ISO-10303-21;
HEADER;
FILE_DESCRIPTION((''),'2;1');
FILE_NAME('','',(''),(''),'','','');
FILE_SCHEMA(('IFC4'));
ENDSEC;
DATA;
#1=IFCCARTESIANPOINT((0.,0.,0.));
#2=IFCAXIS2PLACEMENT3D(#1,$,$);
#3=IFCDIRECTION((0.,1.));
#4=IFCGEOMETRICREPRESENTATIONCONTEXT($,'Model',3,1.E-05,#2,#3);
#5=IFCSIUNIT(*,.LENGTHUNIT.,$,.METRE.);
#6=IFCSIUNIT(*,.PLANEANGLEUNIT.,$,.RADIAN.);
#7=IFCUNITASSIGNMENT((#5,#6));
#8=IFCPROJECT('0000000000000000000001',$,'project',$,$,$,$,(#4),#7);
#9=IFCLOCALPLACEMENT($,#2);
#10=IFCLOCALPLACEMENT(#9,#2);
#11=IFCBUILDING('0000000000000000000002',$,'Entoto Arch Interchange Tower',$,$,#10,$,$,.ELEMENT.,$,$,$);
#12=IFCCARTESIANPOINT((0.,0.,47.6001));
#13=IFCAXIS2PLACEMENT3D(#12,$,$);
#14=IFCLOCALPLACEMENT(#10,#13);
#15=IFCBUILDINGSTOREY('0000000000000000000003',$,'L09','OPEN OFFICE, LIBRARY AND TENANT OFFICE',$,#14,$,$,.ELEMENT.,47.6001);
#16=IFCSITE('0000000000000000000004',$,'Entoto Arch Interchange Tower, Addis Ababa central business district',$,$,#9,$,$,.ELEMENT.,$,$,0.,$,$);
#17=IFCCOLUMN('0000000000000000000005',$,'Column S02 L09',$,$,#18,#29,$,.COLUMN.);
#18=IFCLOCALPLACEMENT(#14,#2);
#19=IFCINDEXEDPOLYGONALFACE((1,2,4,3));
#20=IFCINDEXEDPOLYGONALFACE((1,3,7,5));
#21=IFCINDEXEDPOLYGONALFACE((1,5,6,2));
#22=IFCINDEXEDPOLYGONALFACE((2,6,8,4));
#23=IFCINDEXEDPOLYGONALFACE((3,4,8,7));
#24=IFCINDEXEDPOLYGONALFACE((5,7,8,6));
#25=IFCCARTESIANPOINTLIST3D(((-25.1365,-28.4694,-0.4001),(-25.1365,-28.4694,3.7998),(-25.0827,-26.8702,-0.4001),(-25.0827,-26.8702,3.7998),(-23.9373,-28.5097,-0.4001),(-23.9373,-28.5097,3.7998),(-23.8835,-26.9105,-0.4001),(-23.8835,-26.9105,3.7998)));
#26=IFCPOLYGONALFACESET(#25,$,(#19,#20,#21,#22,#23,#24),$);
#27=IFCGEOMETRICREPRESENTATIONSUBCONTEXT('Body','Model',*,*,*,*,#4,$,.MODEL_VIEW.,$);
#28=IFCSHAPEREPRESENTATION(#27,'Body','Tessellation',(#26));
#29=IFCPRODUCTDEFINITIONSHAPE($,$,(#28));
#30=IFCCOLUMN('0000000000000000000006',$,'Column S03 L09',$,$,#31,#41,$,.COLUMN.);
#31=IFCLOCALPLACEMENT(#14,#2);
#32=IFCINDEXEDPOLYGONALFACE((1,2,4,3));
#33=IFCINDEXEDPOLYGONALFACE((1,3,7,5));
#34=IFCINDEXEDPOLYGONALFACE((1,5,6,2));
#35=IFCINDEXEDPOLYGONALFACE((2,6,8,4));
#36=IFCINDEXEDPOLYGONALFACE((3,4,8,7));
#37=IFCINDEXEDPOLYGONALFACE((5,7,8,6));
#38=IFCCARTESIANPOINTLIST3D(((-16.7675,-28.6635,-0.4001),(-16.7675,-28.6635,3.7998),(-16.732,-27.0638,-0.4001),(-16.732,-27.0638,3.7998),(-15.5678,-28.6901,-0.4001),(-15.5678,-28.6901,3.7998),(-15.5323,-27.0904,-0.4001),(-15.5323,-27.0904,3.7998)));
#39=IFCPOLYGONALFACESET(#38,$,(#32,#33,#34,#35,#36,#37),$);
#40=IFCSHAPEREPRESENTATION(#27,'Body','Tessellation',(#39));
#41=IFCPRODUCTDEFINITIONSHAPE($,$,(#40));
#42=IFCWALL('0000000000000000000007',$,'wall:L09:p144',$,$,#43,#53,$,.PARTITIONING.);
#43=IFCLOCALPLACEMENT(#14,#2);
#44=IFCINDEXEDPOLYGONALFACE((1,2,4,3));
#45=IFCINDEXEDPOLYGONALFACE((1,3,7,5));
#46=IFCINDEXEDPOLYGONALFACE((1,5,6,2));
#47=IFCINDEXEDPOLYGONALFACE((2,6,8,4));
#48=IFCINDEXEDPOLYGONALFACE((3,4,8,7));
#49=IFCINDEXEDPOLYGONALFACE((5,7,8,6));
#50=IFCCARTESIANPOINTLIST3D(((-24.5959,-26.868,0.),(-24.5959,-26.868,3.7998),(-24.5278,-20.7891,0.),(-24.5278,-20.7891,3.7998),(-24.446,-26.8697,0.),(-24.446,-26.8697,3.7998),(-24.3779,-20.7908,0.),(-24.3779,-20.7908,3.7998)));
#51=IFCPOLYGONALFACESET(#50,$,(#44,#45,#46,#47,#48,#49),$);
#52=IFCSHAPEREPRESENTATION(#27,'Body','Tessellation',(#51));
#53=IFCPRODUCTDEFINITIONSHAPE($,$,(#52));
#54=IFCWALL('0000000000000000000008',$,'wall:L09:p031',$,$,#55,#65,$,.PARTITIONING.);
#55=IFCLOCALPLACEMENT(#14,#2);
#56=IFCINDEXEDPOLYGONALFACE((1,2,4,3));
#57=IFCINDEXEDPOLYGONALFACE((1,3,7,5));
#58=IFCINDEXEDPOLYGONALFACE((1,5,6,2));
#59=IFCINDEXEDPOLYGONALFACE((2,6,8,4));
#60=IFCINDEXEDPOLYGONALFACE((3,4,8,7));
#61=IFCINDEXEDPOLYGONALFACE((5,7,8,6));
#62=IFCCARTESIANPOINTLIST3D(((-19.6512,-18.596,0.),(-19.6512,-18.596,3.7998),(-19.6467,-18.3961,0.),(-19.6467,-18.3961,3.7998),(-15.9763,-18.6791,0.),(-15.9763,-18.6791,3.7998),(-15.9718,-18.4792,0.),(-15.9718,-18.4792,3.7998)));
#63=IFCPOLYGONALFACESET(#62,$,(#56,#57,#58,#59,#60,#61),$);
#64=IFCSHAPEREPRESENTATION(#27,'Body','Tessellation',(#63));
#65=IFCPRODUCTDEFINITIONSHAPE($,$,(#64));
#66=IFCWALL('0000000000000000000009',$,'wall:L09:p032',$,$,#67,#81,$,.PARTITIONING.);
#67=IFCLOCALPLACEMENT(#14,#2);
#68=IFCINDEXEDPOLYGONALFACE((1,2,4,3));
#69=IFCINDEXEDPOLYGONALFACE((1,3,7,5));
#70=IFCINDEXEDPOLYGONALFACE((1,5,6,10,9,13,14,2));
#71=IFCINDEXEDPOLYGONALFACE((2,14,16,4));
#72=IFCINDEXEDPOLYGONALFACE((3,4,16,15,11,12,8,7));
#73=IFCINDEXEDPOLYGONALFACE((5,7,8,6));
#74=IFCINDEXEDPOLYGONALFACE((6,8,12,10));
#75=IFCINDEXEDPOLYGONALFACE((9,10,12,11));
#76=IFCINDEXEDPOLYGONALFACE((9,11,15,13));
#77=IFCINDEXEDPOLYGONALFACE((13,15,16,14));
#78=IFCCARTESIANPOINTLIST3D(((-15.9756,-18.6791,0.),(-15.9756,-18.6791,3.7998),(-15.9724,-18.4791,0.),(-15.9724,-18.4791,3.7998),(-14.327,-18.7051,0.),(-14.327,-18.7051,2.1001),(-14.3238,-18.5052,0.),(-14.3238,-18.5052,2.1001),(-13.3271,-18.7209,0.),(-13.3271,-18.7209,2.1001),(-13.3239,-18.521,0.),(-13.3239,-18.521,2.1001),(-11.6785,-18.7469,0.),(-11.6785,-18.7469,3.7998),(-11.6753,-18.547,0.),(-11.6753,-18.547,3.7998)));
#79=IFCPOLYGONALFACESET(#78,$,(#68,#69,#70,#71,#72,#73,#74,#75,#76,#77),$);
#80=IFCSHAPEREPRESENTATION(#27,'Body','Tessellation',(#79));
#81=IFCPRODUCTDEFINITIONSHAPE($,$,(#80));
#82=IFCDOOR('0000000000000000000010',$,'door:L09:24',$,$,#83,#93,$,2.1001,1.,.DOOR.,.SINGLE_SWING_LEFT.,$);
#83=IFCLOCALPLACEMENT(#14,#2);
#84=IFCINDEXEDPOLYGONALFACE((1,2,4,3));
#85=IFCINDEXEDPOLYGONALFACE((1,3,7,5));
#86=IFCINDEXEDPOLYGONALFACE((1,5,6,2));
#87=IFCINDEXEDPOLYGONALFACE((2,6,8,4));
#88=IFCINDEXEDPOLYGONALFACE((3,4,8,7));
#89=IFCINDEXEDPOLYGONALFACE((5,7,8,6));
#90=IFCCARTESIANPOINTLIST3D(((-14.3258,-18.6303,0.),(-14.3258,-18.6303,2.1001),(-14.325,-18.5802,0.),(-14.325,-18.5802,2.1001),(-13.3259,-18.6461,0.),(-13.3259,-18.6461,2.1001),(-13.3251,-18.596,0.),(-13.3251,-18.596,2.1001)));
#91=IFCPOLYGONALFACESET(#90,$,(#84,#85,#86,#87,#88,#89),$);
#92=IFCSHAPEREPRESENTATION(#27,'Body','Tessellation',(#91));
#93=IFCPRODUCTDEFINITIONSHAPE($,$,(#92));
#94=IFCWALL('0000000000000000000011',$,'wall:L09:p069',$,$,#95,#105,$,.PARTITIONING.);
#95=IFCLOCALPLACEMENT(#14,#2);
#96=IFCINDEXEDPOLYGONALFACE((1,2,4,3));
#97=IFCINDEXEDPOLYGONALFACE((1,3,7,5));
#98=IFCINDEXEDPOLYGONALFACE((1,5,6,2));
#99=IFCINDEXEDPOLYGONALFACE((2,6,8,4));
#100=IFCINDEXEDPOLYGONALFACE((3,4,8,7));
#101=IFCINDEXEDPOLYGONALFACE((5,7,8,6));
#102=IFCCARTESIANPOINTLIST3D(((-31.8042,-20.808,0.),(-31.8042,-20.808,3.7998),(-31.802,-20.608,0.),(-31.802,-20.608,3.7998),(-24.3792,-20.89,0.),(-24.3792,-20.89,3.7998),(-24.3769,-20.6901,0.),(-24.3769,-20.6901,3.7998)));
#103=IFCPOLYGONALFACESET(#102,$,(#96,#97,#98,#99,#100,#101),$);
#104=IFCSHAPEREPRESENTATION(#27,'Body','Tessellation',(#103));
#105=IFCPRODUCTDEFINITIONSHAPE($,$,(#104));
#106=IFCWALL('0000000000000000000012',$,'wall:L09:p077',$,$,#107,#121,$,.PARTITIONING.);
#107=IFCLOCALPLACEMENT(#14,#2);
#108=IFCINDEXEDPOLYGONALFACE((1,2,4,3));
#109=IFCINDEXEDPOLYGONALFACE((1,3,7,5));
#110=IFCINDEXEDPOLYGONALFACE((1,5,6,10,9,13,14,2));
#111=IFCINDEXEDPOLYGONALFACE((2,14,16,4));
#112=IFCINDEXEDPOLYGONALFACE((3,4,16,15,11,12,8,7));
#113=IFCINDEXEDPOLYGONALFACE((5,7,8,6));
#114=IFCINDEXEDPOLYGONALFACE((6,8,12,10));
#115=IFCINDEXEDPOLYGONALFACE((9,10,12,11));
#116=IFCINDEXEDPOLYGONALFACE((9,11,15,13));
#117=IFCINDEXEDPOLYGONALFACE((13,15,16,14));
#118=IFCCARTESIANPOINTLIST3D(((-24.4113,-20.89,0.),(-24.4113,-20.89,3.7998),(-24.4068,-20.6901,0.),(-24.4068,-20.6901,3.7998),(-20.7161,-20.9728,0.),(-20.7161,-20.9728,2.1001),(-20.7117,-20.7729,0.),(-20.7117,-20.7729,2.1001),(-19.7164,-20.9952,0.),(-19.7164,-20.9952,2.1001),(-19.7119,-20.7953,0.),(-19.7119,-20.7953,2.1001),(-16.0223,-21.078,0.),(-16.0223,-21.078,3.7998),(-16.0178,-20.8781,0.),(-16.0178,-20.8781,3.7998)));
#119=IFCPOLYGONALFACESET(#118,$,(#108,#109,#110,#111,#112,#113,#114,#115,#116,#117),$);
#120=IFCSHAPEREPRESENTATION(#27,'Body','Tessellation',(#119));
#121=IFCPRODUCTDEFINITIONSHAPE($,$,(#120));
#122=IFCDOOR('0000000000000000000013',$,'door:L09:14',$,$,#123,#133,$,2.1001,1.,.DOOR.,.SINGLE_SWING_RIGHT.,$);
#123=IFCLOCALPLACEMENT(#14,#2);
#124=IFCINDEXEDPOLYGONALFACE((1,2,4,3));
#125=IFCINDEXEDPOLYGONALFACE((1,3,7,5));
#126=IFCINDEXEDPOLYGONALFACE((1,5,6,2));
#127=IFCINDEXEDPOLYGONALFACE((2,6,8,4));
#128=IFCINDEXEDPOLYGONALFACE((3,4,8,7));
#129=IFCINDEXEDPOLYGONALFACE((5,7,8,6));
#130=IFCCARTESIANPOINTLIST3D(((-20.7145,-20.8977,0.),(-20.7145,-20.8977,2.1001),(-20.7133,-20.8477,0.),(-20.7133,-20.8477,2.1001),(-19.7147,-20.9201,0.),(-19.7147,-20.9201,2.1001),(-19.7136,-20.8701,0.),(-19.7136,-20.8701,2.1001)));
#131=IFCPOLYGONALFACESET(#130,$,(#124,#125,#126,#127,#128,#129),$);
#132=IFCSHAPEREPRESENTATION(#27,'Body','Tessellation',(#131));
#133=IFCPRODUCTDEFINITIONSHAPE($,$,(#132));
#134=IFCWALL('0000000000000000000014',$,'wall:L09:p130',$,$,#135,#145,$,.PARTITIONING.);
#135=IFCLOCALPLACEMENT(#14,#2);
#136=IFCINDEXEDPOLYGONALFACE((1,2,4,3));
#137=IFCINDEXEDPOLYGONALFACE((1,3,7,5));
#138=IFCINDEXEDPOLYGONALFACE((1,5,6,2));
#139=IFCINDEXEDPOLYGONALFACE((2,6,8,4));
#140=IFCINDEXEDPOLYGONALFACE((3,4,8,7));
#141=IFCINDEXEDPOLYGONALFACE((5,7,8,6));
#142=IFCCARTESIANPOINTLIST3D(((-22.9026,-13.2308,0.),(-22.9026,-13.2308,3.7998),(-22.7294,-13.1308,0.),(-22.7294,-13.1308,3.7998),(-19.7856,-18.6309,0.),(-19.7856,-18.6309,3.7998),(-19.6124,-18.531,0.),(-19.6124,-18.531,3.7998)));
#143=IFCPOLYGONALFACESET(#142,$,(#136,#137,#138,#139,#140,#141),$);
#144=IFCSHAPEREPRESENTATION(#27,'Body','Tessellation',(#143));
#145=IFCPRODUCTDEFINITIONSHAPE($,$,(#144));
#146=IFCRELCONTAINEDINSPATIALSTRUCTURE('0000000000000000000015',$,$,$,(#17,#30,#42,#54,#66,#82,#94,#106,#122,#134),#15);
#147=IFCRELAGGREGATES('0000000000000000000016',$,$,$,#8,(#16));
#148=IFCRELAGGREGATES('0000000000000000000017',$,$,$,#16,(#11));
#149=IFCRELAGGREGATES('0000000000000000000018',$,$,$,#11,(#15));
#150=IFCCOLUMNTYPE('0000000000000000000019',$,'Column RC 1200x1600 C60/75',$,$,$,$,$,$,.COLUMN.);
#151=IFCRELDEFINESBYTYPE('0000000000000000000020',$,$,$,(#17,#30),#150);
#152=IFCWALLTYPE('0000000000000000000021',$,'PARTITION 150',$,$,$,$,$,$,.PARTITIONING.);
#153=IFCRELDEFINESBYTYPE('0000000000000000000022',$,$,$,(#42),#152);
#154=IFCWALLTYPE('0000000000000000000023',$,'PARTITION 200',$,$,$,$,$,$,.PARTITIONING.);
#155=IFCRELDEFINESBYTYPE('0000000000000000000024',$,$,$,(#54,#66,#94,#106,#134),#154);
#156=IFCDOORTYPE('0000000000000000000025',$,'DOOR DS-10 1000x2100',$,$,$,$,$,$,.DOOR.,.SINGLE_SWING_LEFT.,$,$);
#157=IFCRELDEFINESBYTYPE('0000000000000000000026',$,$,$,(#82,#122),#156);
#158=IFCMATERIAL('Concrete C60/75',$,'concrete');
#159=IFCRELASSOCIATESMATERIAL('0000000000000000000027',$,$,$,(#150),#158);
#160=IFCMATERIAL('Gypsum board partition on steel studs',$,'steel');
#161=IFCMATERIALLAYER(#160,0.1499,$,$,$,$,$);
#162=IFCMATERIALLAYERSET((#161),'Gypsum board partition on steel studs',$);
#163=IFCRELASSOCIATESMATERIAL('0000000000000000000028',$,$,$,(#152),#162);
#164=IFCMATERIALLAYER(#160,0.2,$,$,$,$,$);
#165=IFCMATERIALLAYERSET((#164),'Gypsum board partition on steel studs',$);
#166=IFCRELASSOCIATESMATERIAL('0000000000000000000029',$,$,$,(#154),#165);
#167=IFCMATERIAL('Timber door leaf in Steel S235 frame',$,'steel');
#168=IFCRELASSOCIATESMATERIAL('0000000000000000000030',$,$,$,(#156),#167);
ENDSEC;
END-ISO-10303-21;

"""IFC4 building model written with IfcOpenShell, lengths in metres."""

from ifc_helpers import new_model, si_unit, direction, frame, frame_2d, origin, origin_2d, place, context, subcontext, project, spatial, rectangle, extrude, material, layer, layer_set, material_profile, profile_set, type_object, element, fill, save


model = new_model("IFC4")

# Units and contexts
model_context = context("Model", 3, precision=1e-05, world=origin(), true_north=direction((0.0, 1.0)))
body_context = subcontext(model_context, "Body", "Model", "MODEL_VIEW")
ifc_project = project(units=[si_unit("LENGTHUNIT", "METRE"), si_unit("PLANEANGLEUNIT", "RADIAN")], contexts=[model_context])

# Site, building, storey
site_placement = place(None, origin())
site = spatial("IfcSite", under=ifc_project, at=site_placement, Name="Entoto Arch Interchange Tower, Addis Ababa central business district", CompositionType="ELEMENT", RefElevation=0.0)
building_placement = place(site_placement, origin())
building = spatial("IfcBuilding", under=site, at=building_placement, Name="Entoto Arch Interchange Tower", CompositionType="ELEMENT")
storey_placement = place(building_placement, frame((0.0, 0.0, 47.6001)))
storey = spatial("IfcBuildingStorey", under=building, at=storey_placement, Name="L09", Description="OPEN OFFICE, LIBRARY AND TENANT OFFICE", CompositionType="ELEMENT", Elevation=47.6001)

# Columns
ifc_material_1 = material(Name="Concrete C60/75", Category="concrete")
ifc_material_profile_1 = material_profile(ifc_material_1, rectangle(XDim=1.2, YDim=1.6001, at=origin_2d()))
ifc_profile_set_1 = profile_set([ifc_material_profile_1], Name="Concrete C60/75")
column_type = type_object("IfcColumnType", Name="Column RC 1200x1600 C60/75", PredefinedType="COLUMN", material=ifc_profile_set_1)
for number, where, z_axis, x_axis, name in (
    (1, (-24.51, -27.6899, -0.4001), (0.0, 0.0, 1.0), (-0.999434, 0.033626, 0.0), "Column S02 L09"),
    (2, (-16.1499, -27.877, -0.4001), (0.0, 0.0, 1.0), (-0.999754, 0.022164, 0.0), "Column S03 L09"),
):
    element("IfcColumn", number, at=place(storey_placement, frame(where, z_axis=z_axis, x_axis=x_axis)), inside=storey, type_object=column_type, Name=name, PredefinedType="COLUMN", context=body_context, shape_type="SweptSolid", body=[
        extrude(rectangle(XDim=1.2, YDim=1.6001, at=origin_2d()), origin(), (0.0, 0.0, 1.0), 4.2),
    ])

# Walls
ifc_material_2 = material(Name="Gypsum board partition on steel studs", Category="steel")
ifc_layer_1 = layer(ifc_material_2, 0.1499)
ifc_layer_set_1 = layer_set([ifc_layer_1], Name="Gypsum board partition on steel studs")
wall_type_1 = type_object("IfcWallType", Name="PARTITION 150", PredefinedType="PARTITIONING", material=ifc_layer_set_1)
wall_1_placement = place(storey_placement, frame((-24.4529, -20.79, 0.0), z_axis=(0.0, 0.0, 1.0), x_axis=(-0.011205, -0.999937, 0.0)))
element("IfcWall", 3, at=wall_1_placement, inside=storey, type_object=wall_type_1, Name="wall:L09:p144", PredefinedType="PARTITIONING", context=body_context, shape_type="SweptSolid", body=[
    extrude(rectangle(XDim=6.0793, YDim=0.1499, at=frame_2d((3.0396, 0.0))), origin(), (0.0, 0.0, 1.0), 3.7998),
])
ifc_layer_2 = layer(ifc_material_2, 0.2)
ifc_layer_set_2 = layer_set([ifc_layer_2], Name="Gypsum board partition on steel studs")
wall_type_2 = type_object("IfcWallType", Name="PARTITION 200", PredefinedType="PARTITIONING", material=ifc_layer_set_2)
wall_2_placement = place(storey_placement, frame((-19.6489, -18.4961, 0.0), z_axis=(0.0, 0.0, 1.0), x_axis=(0.999745, -0.022583, 0.0)))
element("IfcWall", 4, at=wall_2_placement, inside=storey, type_object=wall_type_2, Name="wall:L09:p031", PredefinedType="PARTITIONING", context=body_context, shape_type="SweptSolid", body=[
    extrude(rectangle(XDim=3.6758, YDim=0.2, at=frame_2d((1.8379, 0.0))), origin(), (0.0, 0.0, 1.0), 3.7998),
])

# Wall, opening, door
wall_3_placement = place(storey_placement, frame((-15.9741, -18.5791, 0.0), z_axis=(0.0, 0.0, 1.0), x_axis=(0.999875, -0.015793, 0.0)))
wall_3 = element("IfcWall", 5, at=wall_3_placement, inside=storey, type_object=wall_type_2, Name="wall:L09:p032", PredefinedType="PARTITIONING", context=body_context, shape_type="SweptSolid", body=[
    extrude(rectangle(XDim=4.2976, YDim=0.2, at=frame_2d((2.1489, 0.0))), origin(), (0.0, 0.0, 1.0), 3.7998),
])
opening_1_placement = place(wall_3_placement, frame((1.6489, 0.0, 0.0)))
opening_1 = element("IfcOpeningElement", 6, at=opening_1_placement, cuts=wall_3, PredefinedType="OPENING", context=body_context, shape_type="SweptSolid", body=[
    extrude(rectangle(XDim=1.0, YDim=2.1001, at=frame_2d((0.5, 1.05))), frame((0.0, 0.1099, 0.0), z_axis=(0.0, -1.0, 0.0), x_axis=(1.0, 0.0, 0.0)), (0.0, 0.0, 1.0), 0.22),
])
ifc_material_3 = material(Name="Timber door leaf in Steel S235 frame", Category="steel")
door_type = type_object("IfcDoorType", Name="DOOR DS-10 1000x2100", OperationType="SINGLE_SWING_LEFT", PredefinedType="DOOR", material=ifc_material_3)
door_1_placement = place(opening_1_placement, origin())
door_1 = element("IfcDoor", 7, at=door_1_placement, inside=storey, type_object=door_type, Name="door:L09:24", OperationType="SINGLE_SWING_LEFT", OverallHeight=2.1001, OverallWidth=1.0, PredefinedType="DOOR", context=body_context, shape_type="SweptSolid", body=[
    extrude(rectangle(XDim=1.0, YDim=2.1001, at=frame_2d((0.5, 1.05))), frame((0.0, 0.0249, 0.0), z_axis=(0.0, -1.0, 0.0), x_axis=(1.0, 0.0, 0.0)), (0.0, 0.0, 1.0), 0.05),
])
fill(opening_1, door_1)

# Wall
wall_4_placement = place(storey_placement, frame((-24.3779, -20.79, 0.0), z_axis=(0.0, 0.0, 1.0), x_axis=(-0.999939, 0.011047, 0.0)))
element("IfcWall", 8, at=wall_4_placement, inside=storey, type_object=wall_type_2, Name="wall:L09:p069", PredefinedType="PARTITIONING", context=body_context, shape_type="SweptSolid", body=[
    extrude(rectangle(XDim=7.4255, YDim=0.2, at=frame_2d((3.7129, 0.0))), origin(), (0.0, 0.0, 1.0), 3.7998),
])

# Wall, opening, door
wall_5_placement = place(storey_placement, frame((-16.02, -20.978, 0.0), z_axis=(0.0, 0.0, 1.0), x_axis=(-0.999749, 0.022404, 0.0)))
wall_5 = element("IfcWall", 9, at=wall_5_placement, inside=storey, type_object=wall_type_2, Name="wall:L09:p077", PredefinedType="PARTITIONING", context=body_context, shape_type="SweptSolid", body=[
    extrude(rectangle(XDim=8.3911, YDim=0.2, at=frame_2d((4.1956, 0.0))), origin(), (0.0, 0.0, 1.0), 3.7998),
])
opening_2_placement = place(wall_5_placement, frame((3.6951, 0.0, 0.0)))
opening_2 = element("IfcOpeningElement", 10, at=opening_2_placement, cuts=wall_5, PredefinedType="OPENING", context=body_context, shape_type="SweptSolid", body=[
    extrude(rectangle(XDim=1.0, YDim=2.1001, at=frame_2d((0.5, 1.05))), frame((0.0, 0.1099, 0.0), z_axis=(0.0, -1.0, 0.0), x_axis=(1.0, 0.0, 0.0)), (0.0, 0.0, 1.0), 0.22),
])
door_2_placement = place(opening_2_placement, origin())
door_2 = element("IfcDoor", 11, at=door_2_placement, inside=storey, type_object=door_type, Name="door:L09:14", OperationType="SINGLE_SWING_RIGHT", OverallHeight=2.1001, OverallWidth=1.0, PredefinedType="DOOR", context=body_context, shape_type="SweptSolid", body=[
    extrude(rectangle(XDim=1.0, YDim=2.1001, at=frame_2d((0.5, 1.05))), frame((0.0, 0.0249, 0.0), z_axis=(0.0, -1.0, 0.0), x_axis=(1.0, 0.0, 0.0)), (0.0, 0.0, 1.0), 0.05),
])
fill(opening_2, door_2)

# Wall
wall_6_placement = place(storey_placement, frame((-19.699, -18.5811, 0.0), z_axis=(0.0, 0.0, 1.0), x_axis=(-0.4999, 0.866083, 0.0)))
element("IfcWall", 12, at=wall_6_placement, inside=storey, type_object=wall_type_2, Name="wall:L09:p130", PredefinedType="PARTITIONING", context=body_context, shape_type="SweptSolid", body=[
    extrude(rectangle(XDim=6.2351, YDim=0.2, at=frame_2d((3.1177, 0.0))), origin(), (0.0, 0.0, 1.0), 3.7998),
])

save(model, "model.ifc")
